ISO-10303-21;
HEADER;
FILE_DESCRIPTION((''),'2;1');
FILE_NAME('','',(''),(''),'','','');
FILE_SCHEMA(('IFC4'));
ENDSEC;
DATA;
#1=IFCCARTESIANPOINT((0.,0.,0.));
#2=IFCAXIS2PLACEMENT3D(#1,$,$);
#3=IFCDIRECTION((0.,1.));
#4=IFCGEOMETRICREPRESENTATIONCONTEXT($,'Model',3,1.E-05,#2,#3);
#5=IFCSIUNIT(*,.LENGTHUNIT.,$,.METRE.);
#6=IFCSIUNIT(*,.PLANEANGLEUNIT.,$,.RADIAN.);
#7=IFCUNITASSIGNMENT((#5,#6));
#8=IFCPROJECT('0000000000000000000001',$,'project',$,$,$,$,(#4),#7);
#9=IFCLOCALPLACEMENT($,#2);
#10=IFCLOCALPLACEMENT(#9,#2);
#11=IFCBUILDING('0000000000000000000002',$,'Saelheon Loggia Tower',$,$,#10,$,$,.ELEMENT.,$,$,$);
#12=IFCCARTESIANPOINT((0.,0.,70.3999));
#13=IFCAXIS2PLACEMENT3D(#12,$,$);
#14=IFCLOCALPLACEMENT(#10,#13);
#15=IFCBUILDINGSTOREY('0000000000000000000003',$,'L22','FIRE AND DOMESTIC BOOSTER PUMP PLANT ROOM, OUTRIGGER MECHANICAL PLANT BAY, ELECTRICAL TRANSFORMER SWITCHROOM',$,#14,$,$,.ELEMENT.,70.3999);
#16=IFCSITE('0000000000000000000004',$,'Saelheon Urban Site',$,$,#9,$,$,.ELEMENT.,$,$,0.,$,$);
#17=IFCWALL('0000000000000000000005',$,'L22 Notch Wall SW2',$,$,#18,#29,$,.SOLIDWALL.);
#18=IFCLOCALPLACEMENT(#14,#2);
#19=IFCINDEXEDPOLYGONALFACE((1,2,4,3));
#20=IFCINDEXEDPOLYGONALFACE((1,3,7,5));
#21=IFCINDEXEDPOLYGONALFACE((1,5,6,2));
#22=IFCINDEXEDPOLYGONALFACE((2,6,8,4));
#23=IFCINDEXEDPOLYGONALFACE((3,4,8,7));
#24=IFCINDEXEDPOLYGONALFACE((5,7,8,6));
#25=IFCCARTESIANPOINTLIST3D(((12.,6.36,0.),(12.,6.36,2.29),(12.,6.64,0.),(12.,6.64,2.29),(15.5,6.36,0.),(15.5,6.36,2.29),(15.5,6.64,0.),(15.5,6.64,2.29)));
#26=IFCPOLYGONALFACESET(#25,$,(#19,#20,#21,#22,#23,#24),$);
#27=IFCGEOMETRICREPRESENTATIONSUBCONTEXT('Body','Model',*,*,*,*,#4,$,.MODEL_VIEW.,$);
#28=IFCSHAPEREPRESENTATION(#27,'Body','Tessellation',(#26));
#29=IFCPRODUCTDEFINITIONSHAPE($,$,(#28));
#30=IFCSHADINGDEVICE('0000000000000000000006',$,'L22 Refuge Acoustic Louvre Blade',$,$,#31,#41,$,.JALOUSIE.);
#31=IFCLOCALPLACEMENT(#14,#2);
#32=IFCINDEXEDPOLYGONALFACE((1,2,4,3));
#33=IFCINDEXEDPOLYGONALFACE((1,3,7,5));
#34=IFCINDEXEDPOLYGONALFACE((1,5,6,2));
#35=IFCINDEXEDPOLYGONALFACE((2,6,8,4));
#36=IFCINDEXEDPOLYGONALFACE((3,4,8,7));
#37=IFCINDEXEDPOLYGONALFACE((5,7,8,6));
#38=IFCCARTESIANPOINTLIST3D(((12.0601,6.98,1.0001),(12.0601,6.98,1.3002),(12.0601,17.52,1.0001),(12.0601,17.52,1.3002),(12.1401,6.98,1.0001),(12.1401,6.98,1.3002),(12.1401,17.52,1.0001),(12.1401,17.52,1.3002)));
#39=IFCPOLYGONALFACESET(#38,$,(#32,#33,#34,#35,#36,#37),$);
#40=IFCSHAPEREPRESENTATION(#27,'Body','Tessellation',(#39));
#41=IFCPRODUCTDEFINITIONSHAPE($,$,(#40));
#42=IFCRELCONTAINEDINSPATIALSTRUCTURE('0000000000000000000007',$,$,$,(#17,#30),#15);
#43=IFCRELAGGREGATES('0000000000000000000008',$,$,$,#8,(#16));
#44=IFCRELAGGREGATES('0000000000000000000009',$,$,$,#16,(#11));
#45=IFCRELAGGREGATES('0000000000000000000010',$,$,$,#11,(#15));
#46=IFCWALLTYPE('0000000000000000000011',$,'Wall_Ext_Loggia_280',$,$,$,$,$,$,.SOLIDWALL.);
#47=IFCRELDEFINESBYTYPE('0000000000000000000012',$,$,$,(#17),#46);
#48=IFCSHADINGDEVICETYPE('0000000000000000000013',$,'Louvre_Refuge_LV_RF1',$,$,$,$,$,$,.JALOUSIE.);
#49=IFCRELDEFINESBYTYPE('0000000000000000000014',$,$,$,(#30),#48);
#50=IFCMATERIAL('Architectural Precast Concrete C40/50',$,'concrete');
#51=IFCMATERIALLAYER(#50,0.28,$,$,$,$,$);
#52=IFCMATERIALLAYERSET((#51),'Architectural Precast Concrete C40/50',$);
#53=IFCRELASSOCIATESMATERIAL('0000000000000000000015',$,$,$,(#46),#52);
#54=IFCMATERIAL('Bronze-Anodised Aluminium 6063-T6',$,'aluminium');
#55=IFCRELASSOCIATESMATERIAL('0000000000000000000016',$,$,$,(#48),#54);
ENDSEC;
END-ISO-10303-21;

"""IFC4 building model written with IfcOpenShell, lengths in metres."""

from ifc_helpers import new_model, si_unit, direction, frame, frame_2d, origin, origin_2d, place, context, subcontext, project, spatial, rectangle, extrude, source, transform, mapped, material, layer, layer_set, material_profile, profile_set, type_object, element, save


model = new_model("IFC4")

# Units and contexts
model_context = context("Model", 3, precision=1e-05, world=origin(), true_north=direction((0.0, 1.0)))
body_context = subcontext(model_context, "Body", "Model", "MODEL_VIEW")
ifc_project = project(units=[si_unit("LENGTHUNIT", "METRE"), si_unit("PLANEANGLEUNIT", "RADIAN")], contexts=[model_context])

# Site, building, storey
site_placement = place(None, origin())
site = spatial("IfcSite", under=ifc_project, at=site_placement, Name="Saelheon Urban Site", CompositionType="ELEMENT", RefElevation=0.0)
building_placement = place(site_placement, origin())
building = spatial("IfcBuilding", under=site, at=building_placement, Name="Saelheon Loggia Tower", CompositionType="ELEMENT")
storey_placement = place(building_placement, frame((0.0, 0.0, 70.3999)))
storey = spatial("IfcBuildingStorey", under=building, at=storey_placement, Name="L22", Description="FIRE AND DOMESTIC BOOSTER PUMP PLANT ROOM, OUTRIGGER MECHANICAL PLANT BAY, ELECTRICAL TRANSFORMER SWITCHROOM", CompositionType="ELEMENT", Elevation=70.3999)

# Wall
ifc_material_1 = material(Name="Architectural Precast Concrete C40/50", Category="concrete")
ifc_layer_1 = layer(ifc_material_1, 0.28)
ifc_layer_set_1 = layer_set([ifc_layer_1], Name="Architectural Precast Concrete C40/50")
wall_type = type_object("IfcWallType", Name="Wall_Ext_Loggia_280", PredefinedType="SOLIDWALL", material=ifc_layer_set_1)
wall_placement = place(storey_placement, frame((12.0, 6.5, 0.0), z_axis=(0.0, 0.0, 1.0), x_axis=(1.0, 0.0, 0.0)))
element("IfcWall", 1, at=wall_placement, inside=storey, type_object=wall_type, Name="L22 Notch Wall SW2", PredefinedType="SOLIDWALL", context=body_context, shape_type="SweptSolid", body=[
    extrude(rectangle(XDim=3.5, YDim=0.28, at=frame_2d((1.75, 0.0))), origin(), (0.0, 0.0, 1.0), 2.29),
])

# Shading device
ifc_material_2 = material(Name="Bronze-Anodised Aluminium 6063-T6", Category="aluminium")
ifc_material_profile_1 = material_profile(ifc_material_2, rectangle(XDim=0.0801, YDim=0.3, at=origin_2d()), Name="Louvre_Refuge_LV_RF1")
ifc_profile_set_1 = profile_set([ifc_material_profile_1], Name="Bronze-Anodised Aluminium 6063-T6")
shading_device_type = type_object("IfcShadingDeviceType", Name="Louvre_Refuge_LV_RF1", PredefinedType="JALOUSIE", material=ifc_profile_set_1)
shared_shape_1 = source(origin(), body_context, "Body", "SweptSolid", [
    extrude(rectangle(XDim=0.0801, YDim=0.3, at=origin_2d()), origin(), (0.0, 0.0, 1.0), 10.54),
])
shading_device_placement = place(storey_placement, frame((12.1001, 6.98, 1.1501), z_axis=(0.0, 1.0, 0.0), x_axis=(-1.0, 0.0, 0.0)))
element("IfcShadingDevice", 2, at=shading_device_placement, inside=storey, type_object=shading_device_type, Name="L22 Refuge Acoustic Louvre Blade", PredefinedType="JALOUSIE", context=body_context, shape_type="MappedRepresentation", body=[
    mapped(shared_shape_1, transform((0.0, 0.0, 0.0), scale=1.0)),
])

save(model, "model.ifc")
